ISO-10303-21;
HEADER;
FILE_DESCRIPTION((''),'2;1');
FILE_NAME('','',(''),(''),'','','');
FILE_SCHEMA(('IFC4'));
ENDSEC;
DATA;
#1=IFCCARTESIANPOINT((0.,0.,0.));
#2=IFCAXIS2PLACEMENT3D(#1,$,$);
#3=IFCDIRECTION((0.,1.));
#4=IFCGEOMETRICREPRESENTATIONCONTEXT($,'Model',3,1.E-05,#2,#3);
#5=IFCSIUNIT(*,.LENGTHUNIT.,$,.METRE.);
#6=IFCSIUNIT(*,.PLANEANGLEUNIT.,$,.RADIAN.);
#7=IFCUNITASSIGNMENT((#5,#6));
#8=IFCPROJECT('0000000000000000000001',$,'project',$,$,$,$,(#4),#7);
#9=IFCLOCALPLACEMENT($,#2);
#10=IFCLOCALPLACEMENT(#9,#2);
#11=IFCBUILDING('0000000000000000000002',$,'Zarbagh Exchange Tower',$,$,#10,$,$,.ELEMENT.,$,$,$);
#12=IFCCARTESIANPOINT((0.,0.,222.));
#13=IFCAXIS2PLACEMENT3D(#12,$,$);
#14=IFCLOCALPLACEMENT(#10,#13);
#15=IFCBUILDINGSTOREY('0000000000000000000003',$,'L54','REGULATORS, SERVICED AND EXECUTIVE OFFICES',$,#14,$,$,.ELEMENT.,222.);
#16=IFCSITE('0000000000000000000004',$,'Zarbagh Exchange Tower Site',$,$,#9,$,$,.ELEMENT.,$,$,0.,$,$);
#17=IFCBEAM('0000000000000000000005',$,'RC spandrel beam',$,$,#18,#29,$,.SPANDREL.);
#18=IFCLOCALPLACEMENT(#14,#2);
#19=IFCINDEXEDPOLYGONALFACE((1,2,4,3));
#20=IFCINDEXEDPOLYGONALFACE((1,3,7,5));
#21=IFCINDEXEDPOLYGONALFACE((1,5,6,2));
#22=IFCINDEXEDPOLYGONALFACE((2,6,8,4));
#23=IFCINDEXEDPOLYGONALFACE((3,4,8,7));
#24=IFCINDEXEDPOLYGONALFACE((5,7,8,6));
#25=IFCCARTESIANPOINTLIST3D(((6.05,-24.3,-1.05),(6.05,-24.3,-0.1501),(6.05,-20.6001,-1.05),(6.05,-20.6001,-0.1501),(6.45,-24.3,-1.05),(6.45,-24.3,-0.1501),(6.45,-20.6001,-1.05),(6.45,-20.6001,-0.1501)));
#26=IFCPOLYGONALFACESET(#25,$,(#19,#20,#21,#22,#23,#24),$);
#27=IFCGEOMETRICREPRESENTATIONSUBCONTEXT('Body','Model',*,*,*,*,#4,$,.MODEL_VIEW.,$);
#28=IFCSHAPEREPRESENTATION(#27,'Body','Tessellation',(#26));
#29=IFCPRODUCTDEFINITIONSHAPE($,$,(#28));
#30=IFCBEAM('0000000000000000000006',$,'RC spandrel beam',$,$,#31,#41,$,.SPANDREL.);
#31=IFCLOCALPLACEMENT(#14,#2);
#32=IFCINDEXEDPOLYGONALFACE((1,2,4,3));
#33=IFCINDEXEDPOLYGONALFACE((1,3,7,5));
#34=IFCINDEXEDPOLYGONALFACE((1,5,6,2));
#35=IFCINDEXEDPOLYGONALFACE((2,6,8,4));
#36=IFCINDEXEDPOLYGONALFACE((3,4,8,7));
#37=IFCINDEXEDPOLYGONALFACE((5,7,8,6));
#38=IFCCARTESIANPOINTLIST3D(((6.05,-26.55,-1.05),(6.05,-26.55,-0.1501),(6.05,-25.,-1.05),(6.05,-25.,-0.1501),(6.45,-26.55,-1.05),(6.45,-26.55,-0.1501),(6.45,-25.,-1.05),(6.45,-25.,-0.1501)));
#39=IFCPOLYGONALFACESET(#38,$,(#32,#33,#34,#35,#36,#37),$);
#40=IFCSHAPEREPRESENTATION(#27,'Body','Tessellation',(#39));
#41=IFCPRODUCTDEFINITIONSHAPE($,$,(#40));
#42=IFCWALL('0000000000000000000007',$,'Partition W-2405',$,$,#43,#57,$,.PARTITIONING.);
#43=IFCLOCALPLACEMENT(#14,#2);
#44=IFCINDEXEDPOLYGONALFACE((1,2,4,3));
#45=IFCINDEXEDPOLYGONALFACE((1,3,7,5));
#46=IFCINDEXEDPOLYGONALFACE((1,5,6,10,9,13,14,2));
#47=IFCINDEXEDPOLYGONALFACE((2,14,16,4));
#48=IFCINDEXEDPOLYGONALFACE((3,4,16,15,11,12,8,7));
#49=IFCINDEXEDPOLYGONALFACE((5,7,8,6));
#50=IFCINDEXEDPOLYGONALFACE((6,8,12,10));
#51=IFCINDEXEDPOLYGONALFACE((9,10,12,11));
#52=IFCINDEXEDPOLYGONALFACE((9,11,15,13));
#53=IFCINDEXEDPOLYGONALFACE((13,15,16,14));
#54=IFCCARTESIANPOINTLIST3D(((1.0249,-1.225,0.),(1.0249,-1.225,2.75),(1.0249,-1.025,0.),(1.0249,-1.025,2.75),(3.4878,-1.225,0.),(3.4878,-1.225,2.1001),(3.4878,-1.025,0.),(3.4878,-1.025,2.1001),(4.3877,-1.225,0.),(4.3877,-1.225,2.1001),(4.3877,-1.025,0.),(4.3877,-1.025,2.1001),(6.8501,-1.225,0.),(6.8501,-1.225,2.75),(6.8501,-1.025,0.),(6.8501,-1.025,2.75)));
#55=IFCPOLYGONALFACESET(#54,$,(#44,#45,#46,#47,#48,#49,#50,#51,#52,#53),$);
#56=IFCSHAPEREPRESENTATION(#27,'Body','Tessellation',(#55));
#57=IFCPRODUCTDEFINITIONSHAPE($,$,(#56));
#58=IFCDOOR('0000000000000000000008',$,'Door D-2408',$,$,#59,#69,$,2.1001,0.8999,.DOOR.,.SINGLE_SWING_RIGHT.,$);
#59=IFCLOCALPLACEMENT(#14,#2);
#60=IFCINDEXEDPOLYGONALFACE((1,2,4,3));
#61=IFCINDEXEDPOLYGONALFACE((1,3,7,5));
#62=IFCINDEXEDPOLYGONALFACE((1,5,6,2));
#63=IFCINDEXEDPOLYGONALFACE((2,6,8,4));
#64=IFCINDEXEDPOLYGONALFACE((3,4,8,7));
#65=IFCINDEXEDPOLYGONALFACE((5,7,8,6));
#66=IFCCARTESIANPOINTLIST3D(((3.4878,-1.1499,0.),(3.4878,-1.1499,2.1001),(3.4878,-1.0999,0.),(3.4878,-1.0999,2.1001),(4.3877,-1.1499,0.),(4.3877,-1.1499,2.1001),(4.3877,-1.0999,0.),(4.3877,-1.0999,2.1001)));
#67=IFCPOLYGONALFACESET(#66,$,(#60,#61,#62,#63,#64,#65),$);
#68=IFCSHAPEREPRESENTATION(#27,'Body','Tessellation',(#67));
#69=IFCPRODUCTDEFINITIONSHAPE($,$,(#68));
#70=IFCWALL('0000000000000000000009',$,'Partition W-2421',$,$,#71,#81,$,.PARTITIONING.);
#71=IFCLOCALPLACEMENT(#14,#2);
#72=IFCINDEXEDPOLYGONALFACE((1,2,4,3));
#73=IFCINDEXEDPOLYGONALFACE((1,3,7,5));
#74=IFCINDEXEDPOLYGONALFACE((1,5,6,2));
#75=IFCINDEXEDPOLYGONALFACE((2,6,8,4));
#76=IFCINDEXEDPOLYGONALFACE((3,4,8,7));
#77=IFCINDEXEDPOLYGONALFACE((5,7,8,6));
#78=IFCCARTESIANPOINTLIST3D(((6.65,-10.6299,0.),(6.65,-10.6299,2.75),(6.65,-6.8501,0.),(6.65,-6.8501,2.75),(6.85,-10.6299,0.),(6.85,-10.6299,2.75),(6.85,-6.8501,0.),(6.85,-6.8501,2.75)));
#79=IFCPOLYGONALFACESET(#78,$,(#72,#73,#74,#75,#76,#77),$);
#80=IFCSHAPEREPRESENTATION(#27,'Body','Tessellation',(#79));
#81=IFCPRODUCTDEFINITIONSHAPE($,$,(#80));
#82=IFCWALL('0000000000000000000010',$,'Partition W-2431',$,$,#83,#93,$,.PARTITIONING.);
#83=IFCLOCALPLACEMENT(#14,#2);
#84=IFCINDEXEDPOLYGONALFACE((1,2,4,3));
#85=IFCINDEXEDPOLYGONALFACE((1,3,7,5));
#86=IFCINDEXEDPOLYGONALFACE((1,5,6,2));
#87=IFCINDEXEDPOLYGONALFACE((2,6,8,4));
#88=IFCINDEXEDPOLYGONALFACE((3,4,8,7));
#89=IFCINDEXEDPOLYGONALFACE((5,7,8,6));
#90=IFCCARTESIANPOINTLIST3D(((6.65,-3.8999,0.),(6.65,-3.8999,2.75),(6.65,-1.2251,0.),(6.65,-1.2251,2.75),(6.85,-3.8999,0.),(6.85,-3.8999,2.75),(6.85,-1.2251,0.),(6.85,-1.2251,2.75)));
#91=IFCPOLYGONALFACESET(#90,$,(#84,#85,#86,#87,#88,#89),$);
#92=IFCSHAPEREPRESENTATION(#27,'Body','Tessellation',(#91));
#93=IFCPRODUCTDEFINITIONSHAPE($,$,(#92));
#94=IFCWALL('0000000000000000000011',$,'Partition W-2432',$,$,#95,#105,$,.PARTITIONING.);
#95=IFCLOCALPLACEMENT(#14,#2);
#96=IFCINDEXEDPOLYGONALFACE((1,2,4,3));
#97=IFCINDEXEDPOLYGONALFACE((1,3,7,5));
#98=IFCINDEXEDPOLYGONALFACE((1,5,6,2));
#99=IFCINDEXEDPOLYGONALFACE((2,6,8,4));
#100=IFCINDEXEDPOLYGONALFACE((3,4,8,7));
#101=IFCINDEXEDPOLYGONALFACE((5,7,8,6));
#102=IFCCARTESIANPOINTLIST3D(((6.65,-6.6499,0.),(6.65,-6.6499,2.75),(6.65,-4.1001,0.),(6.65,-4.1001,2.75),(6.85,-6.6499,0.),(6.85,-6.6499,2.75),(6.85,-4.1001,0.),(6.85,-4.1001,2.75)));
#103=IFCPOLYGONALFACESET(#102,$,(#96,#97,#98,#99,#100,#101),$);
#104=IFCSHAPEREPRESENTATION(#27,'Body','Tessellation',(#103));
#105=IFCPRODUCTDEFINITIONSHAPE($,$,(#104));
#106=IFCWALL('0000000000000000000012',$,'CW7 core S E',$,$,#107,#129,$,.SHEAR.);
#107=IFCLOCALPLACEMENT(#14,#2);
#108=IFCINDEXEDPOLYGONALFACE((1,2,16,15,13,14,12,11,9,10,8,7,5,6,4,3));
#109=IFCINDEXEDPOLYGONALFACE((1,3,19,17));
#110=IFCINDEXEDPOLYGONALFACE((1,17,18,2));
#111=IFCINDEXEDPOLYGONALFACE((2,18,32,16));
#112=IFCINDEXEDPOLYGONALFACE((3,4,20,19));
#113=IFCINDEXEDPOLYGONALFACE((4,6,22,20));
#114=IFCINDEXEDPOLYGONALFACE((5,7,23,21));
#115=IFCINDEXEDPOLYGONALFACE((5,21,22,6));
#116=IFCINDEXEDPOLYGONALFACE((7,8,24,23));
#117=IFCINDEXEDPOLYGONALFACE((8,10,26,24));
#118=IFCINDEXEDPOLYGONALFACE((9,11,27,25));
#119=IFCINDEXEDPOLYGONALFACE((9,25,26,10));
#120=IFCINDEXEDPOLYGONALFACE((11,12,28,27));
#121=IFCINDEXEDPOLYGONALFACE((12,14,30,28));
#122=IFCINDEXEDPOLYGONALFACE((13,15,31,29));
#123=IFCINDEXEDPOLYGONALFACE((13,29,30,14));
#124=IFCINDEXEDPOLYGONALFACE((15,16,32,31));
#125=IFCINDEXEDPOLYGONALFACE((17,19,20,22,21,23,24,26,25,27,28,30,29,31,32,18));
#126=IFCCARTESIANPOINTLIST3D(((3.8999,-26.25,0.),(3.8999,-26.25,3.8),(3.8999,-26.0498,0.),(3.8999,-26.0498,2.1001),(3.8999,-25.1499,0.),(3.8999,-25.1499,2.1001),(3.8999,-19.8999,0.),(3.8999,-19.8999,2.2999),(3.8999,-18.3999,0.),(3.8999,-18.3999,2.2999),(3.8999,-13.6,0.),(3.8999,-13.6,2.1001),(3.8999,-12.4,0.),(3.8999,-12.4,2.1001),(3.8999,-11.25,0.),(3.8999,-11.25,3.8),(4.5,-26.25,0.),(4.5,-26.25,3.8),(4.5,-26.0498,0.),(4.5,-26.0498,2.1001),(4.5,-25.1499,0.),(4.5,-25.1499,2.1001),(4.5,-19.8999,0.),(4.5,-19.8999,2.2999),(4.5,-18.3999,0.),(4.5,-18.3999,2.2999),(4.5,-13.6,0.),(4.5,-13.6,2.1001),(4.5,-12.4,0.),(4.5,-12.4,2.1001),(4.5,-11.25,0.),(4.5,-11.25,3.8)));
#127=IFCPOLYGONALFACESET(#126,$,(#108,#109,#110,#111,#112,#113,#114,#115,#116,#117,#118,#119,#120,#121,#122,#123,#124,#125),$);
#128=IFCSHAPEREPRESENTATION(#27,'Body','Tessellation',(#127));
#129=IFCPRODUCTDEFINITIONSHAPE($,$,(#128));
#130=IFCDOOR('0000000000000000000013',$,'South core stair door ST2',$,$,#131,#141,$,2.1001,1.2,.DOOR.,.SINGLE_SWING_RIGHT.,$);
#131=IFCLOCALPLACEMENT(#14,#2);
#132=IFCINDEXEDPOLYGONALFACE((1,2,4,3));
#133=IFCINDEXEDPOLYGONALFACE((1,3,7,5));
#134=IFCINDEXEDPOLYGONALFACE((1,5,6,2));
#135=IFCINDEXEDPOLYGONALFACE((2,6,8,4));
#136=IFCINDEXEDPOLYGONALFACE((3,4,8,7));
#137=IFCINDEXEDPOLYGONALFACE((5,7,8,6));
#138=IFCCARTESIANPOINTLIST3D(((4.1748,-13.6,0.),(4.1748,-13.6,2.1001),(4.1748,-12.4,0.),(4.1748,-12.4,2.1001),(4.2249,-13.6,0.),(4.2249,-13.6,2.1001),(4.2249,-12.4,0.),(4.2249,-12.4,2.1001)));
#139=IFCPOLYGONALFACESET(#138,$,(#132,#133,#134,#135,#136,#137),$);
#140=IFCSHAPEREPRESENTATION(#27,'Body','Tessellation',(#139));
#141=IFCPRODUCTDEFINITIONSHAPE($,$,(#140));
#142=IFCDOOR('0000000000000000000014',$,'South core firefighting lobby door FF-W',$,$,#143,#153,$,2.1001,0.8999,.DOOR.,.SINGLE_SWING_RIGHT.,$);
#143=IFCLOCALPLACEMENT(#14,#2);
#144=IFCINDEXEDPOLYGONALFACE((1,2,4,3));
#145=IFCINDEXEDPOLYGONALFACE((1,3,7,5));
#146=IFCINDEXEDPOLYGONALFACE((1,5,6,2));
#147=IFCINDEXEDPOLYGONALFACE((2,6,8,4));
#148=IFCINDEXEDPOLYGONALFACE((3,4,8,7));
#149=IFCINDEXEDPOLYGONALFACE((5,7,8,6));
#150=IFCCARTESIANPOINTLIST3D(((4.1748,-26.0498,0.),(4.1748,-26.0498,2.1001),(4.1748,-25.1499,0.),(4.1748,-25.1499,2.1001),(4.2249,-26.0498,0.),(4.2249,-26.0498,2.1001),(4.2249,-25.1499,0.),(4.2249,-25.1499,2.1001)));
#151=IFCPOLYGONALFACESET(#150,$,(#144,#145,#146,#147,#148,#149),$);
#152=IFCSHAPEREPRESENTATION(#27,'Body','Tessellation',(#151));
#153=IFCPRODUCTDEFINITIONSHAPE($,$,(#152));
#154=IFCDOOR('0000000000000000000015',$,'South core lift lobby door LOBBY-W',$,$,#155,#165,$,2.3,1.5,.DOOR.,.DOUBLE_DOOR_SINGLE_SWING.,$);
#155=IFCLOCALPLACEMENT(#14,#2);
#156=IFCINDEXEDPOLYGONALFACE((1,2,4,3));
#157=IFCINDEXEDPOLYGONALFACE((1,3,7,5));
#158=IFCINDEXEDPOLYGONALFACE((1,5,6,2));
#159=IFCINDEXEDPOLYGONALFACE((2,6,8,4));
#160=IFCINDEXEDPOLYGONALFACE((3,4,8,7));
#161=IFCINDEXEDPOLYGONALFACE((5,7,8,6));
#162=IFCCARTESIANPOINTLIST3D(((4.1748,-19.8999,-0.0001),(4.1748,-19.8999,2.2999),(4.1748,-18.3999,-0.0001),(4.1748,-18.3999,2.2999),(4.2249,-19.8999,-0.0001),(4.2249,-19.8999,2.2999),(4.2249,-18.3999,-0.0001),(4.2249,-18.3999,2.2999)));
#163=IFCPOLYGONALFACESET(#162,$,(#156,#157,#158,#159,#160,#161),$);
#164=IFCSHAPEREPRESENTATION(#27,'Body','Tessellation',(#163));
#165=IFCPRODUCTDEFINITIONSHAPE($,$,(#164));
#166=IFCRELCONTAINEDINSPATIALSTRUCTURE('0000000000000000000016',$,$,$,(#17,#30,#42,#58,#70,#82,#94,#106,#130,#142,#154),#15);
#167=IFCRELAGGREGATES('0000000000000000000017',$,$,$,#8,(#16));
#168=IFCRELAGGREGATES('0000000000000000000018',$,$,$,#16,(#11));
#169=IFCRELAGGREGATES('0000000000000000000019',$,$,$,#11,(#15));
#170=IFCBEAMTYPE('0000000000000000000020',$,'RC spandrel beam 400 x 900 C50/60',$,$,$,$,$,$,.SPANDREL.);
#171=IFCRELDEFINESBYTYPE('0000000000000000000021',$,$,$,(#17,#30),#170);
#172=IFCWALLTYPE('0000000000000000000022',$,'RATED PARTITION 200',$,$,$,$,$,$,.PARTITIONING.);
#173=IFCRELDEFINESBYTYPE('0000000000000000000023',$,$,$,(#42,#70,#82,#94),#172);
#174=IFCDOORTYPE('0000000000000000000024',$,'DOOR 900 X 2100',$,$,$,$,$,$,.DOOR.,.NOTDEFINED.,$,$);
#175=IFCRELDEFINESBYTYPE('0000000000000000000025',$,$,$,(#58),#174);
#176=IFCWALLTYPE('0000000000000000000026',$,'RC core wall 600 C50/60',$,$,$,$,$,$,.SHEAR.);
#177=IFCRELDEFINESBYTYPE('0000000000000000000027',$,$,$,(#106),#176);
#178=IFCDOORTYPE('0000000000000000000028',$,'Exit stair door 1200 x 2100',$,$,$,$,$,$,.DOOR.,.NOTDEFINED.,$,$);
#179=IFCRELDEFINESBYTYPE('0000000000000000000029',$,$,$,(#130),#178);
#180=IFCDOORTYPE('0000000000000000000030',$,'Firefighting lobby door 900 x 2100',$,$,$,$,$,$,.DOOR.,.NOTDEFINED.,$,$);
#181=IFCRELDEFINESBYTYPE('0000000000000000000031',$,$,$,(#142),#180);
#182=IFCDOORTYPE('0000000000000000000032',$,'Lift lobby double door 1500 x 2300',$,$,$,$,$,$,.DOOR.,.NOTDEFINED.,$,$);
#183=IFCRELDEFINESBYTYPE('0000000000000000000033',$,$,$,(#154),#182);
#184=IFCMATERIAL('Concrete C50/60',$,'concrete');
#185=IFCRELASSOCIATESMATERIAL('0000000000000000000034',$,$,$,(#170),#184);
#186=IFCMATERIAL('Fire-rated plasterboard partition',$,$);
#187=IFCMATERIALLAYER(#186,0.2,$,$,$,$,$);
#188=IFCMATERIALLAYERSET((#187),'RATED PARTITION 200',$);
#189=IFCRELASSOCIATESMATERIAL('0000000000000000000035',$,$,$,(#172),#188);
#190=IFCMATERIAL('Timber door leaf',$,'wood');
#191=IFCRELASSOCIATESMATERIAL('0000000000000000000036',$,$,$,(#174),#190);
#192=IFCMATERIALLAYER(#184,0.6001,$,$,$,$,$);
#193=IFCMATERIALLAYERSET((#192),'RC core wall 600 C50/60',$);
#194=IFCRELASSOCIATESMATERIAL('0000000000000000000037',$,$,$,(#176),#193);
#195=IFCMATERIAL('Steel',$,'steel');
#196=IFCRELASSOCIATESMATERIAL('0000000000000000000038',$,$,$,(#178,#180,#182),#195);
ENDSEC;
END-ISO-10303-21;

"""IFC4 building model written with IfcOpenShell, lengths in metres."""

from ifc_helpers import new_model, si_unit, direction, frame, frame_2d, origin, origin_2d, place, context, subcontext, project, spatial, rectangle, extrude, material, layer, layer_set, material_profile, profile_set, type_object, element, fill, save


model = new_model("IFC4")

# Units and contexts
model_context = context("Model", 3, precision=1e-05, world=origin(), true_north=direction((0.0, 1.0)))
body_context = subcontext(model_context, "Body", "Model", "MODEL_VIEW")
ifc_project = project(units=[si_unit("LENGTHUNIT", "METRE"), si_unit("PLANEANGLEUNIT", "RADIAN")], contexts=[model_context])

# Site, building, storey
site_placement = place(None, origin())
site = spatial("IfcSite", under=ifc_project, at=site_placement, Name="Zarbagh Exchange Tower Site", CompositionType="ELEMENT", RefElevation=0.0)
building_placement = place(site_placement, origin())
building = spatial("IfcBuilding", under=site, at=building_placement, Name="Zarbagh Exchange Tower", CompositionType="ELEMENT")
storey_placement = place(building_placement, frame((0.0, 0.0, 222.0)))
storey = spatial("IfcBuildingStorey", under=building, at=storey_placement, Name="L54", Description="REGULATORS, SERVICED AND EXECUTIVE OFFICES", CompositionType="ELEMENT", Elevation=222.0)

# Shared definitions
ifc_material_1 = material(Name="Concrete C50/60", Category="concrete")

# Beams
ifc_material_profile_1 = material_profile(ifc_material_1, rectangle(XDim=0.3999, YDim=0.8999, at=origin_2d()), Name="RC spandrel beam 400 x 900 C50/60")
ifc_profile_set_1 = profile_set([ifc_material_profile_1], Name="Concrete C50/60")
beam_type_1 = type_object("IfcBeamType", Name="RC spandrel beam 400 x 900 C50/60", PredefinedType="SPANDREL", material=ifc_profile_set_1)
beam_1_placement = place(storey_placement, frame((6.25, -20.6001, -0.6001), z_axis=(0.0, -1.0, 0.0), x_axis=(1.0, 0.0, 0.0)))
element("IfcBeam", 1, at=beam_1_placement, inside=storey, type_object=beam_type_1, Name="RC spandrel beam", PredefinedType="SPANDREL", context=body_context, shape_type="SweptSolid", body=[
    extrude(rectangle(XDim=0.3999, YDim=0.8999, at=origin_2d()), origin(), (0.0, 0.0, 1.0), 3.7),
])
beam_2_placement = place(storey_placement, frame((6.25, -25.0, -0.6001), z_axis=(0.0, -1.0, 0.0), x_axis=(1.0, 0.0, 0.0)))
element("IfcBeam", 2, at=beam_2_placement, inside=storey, type_object=beam_type_1, Name="RC spandrel beam", PredefinedType="SPANDREL", context=body_context, shape_type="SweptSolid", body=[
    extrude(rectangle(XDim=0.3999, YDim=0.8999, at=origin_2d()), origin(), (0.0, 0.0, 1.0), 1.55),
])

# Wall, opening, door
ifc_material_2 = material(Name="Fire-rated plasterboard partition")
ifc_layer_1 = layer(ifc_material_2, 0.2)
ifc_layer_set_1 = layer_set([ifc_layer_1], Name="RATED PARTITION 200")
wall_type_1 = type_object("IfcWallType", Name="RATED PARTITION 200", PredefinedType="PARTITIONING", material=ifc_layer_set_1)
wall_1_placement = place(storey_placement, frame((6.8501, -1.125, 0.0), z_axis=(0.0, 0.0, 1.0), x_axis=(-1.0, 0.0, 0.0)))
wall_1 = element("IfcWall", 3, at=wall_1_placement, inside=storey, type_object=wall_type_1, Name="Partition W-2405", PredefinedType="PARTITIONING", context=body_context, shape_type="SweptSolid", body=[
    extrude(rectangle(XDim=5.8252, YDim=0.2, at=frame_2d((2.9126, 0.0))), origin(), (0.0, 0.0, 1.0), 2.75),
])
opening_1_placement = place(wall_1_placement, frame((2.4624, 0.0, 0.0)))
opening_1 = element("IfcOpeningElement", 4, at=opening_1_placement, cuts=wall_1, PredefinedType="OPENING", context=body_context, shape_type="SweptSolid", body=[
    extrude(rectangle(XDim=0.8999, YDim=2.1001, at=frame_2d((0.45, 1.05))), frame((0.0, 0.1099, 0.0), z_axis=(0.0, -1.0, 0.0), x_axis=(1.0, 0.0, 0.0)), (0.0, 0.0, 1.0), 0.22),
])
ifc_material_3 = material(Name="Timber door leaf", Category="wood")
door_type_1 = type_object("IfcDoorType", Name="DOOR 900 X 2100", OperationType="NOTDEFINED", PredefinedType="DOOR", material=ifc_material_3)
door_1_placement = place(opening_1_placement, origin())
door_1 = element("IfcDoor", 5, at=door_1_placement, inside=storey, type_object=door_type_1, Name="Door D-2408", OperationType="SINGLE_SWING_RIGHT", OverallHeight=2.1001, OverallWidth=0.8999, PredefinedType="DOOR", context=body_context, shape_type="SweptSolid", body=[
    extrude(rectangle(XDim=0.8999, YDim=2.1001, at=frame_2d((0.45, 1.05))), frame((0.0, 0.0249, 0.0), z_axis=(0.0, -1.0, 0.0), x_axis=(1.0, 0.0, 0.0)), (0.0, 0.0, 1.0), 0.05),
])
fill(opening_1, door_1)

# Walls
wall_2_placement = place(storey_placement, frame((6.75, -10.6299, 0.0), z_axis=(0.0, 0.0, 1.0), x_axis=(0.0, 1.0, 0.0)))
element("IfcWall", 6, at=wall_2_placement, inside=storey, type_object=wall_type_1, Name="Partition W-2421", PredefinedType="PARTITIONING", context=body_context, shape_type="SweptSolid", body=[
    extrude(rectangle(XDim=3.7798, YDim=0.2, at=frame_2d((1.8899, 0.0))), origin(), (0.0, 0.0, 1.0), 2.75),
])
wall_3_placement = place(storey_placement, frame((6.75, -3.8999, 0.0), z_axis=(0.0, 0.0, 1.0), x_axis=(0.0, 1.0, 0.0)))
element("IfcWall", 7, at=wall_3_placement, inside=storey, type_object=wall_type_1, Name="Partition W-2431", PredefinedType="PARTITIONING", context=body_context, shape_type="SweptSolid", body=[
    extrude(rectangle(XDim=2.6748, YDim=0.2, at=frame_2d((1.3374, 0.0))), origin(), (0.0, 0.0, 1.0), 2.75),
])
wall_4_placement = place(storey_placement, frame((6.75, -6.6499, 0.0), z_axis=(0.0, 0.0, 1.0), x_axis=(0.0, 1.0, 0.0)))
element("IfcWall", 8, at=wall_4_placement, inside=storey, type_object=wall_type_1, Name="Partition W-2432", PredefinedType="PARTITIONING", context=body_context, shape_type="SweptSolid", body=[
    extrude(rectangle(XDim=2.5498, YDim=0.2, at=frame_2d((1.2749, 0.0))), origin(), (0.0, 0.0, 1.0), 2.75),
])

# Wall, openings, doors
ifc_layer_2 = layer(ifc_material_1, 0.6001)
ifc_layer_set_2 = layer_set([ifc_layer_2], Name="RC core wall 600 C50/60")
wall_type_2 = type_object("IfcWallType", Name="RC core wall 600 C50/60", PredefinedType="SHEAR", material=ifc_layer_set_2)
wall_5_placement = place(storey_placement, frame((4.2, -11.25, 0.0), z_axis=(0.0, 0.0, 1.0), x_axis=(0.0, -1.0, 0.0)))
wall_5 = element("IfcWall", 9, at=wall_5_placement, inside=storey, type_object=wall_type_2, Name="CW7 core S E", PredefinedType="SHEAR", context=body_context, shape_type="SweptSolid", body=[
    extrude(rectangle(XDim=15.0, YDim=0.6001, at=frame_2d((7.5, 0.0))), origin(), (0.0, 0.0, 1.0), 3.8),
])
opening_2_placement = place(wall_5_placement, frame((7.1499, 0.0, 0.0)))
opening_2 = element("IfcOpeningElement", 10, at=opening_2_placement, cuts=wall_5, PredefinedType="OPENING", context=body_context, shape_type="SweptSolid", body=[
    extrude(rectangle(XDim=1.5, YDim=2.3, at=frame_2d((0.75, 1.1499))), frame((0.0, 0.3101, 0.0), z_axis=(0.0, -1.0, 0.0), x_axis=(1.0, 0.0, 0.0)), (0.0, 0.0, 1.0), 0.6201),
])
opening_3_placement = place(wall_5_placement, frame((13.8999, 0.0, 0.0)))
opening_3 = element("IfcOpeningElement", 11, at=opening_3_placement, cuts=wall_5, PredefinedType="OPENING", context=body_context, shape_type="SweptSolid", body=[
    extrude(rectangle(XDim=0.8999, YDim=2.1001, at=frame_2d((0.45, 1.05))), frame((0.0, 0.3101, 0.0), z_axis=(0.0, -1.0, 0.0), x_axis=(1.0, 0.0, 0.0)), (0.0, 0.0, 1.0), 0.6201),
])
opening_4_placement = place(wall_5_placement, frame((1.1499, 0.0, 0.0)))
opening_4 = element("IfcOpeningElement", 12, at=opening_4_placement, cuts=wall_5, PredefinedType="OPENING", context=body_context, shape_type="SweptSolid", body=[
    extrude(rectangle(XDim=1.2, YDim=2.1001, at=frame_2d((0.6001, 1.05))), frame((0.0, 0.3101, 0.0), z_axis=(0.0, -1.0, 0.0), x_axis=(1.0, 0.0, 0.0)), (0.0, 0.0, 1.0), 0.6201),
])
ifc_material_4 = material(Name="Steel", Category="steel")
door_type_2 = type_object("IfcDoorType", Name="Exit stair door 1200 x 2100", OperationType="NOTDEFINED", PredefinedType="DOOR", material=ifc_material_4)
door_2_placement = place(opening_4_placement, origin())
door_2 = element("IfcDoor", 13, at=door_2_placement, inside=storey, type_object=door_type_2, Name="South core stair door ST2", OperationType="SINGLE_SWING_RIGHT", OverallHeight=2.1001, OverallWidth=1.2, PredefinedType="DOOR", context=body_context, shape_type="SweptSolid", body=[
    extrude(rectangle(XDim=1.2, YDim=2.1001, at=frame_2d((0.6001, 1.05))), frame((0.0, 0.0249, 0.0), z_axis=(0.0, -1.0, 0.0), x_axis=(1.0, 0.0, 0.0)), (0.0, 0.0, 1.0), 0.05),
])
fill(opening_4, door_2)
door_type_3 = type_object("IfcDoorType", Name="Firefighting lobby door 900 x 2100", OperationType="NOTDEFINED", PredefinedType="DOOR", material=ifc_material_4)
door_3_placement = place(opening_3_placement, origin())
door_3 = element("IfcDoor", 14, at=door_3_placement, inside=storey, type_object=door_type_3, Name="South core firefighting lobby door FF-W", OperationType="SINGLE_SWING_RIGHT", OverallHeight=2.1001, OverallWidth=0.8999, PredefinedType="DOOR", context=body_context, shape_type="SweptSolid", body=[
    extrude(rectangle(XDim=0.8999, YDim=2.1001, at=frame_2d((0.45, 1.05))), frame((0.0, 0.0249, 0.0), z_axis=(0.0, -1.0, 0.0), x_axis=(1.0, 0.0, 0.0)), (0.0, 0.0, 1.0), 0.05),
])
fill(opening_3, door_3)
door_type_4 = type_object("IfcDoorType", Name="Lift lobby double door 1500 x 2300", OperationType="NOTDEFINED", PredefinedType="DOOR", material=ifc_material_4)
door_4_placement = place(opening_2_placement, origin())
door_4 = element("IfcDoor", 15, at=door_4_placement, inside=storey, type_object=door_type_4, Name="South core lift lobby door LOBBY-W", OperationType="DOUBLE_DOOR_SINGLE_SWING", OverallHeight=2.3, OverallWidth=1.5, PredefinedType="DOOR", context=body_context, shape_type="SweptSolid", body=[
    extrude(rectangle(XDim=1.5, YDim=2.3, at=frame_2d((0.75, 1.1499))), frame((0.0, 0.0249, 0.0), z_axis=(0.0, -1.0, 0.0), x_axis=(1.0, 0.0, 0.0)), (0.0, 0.0, 1.0), 0.05),
])
fill(opening_2, door_4)

save(model, "model.ifc")
